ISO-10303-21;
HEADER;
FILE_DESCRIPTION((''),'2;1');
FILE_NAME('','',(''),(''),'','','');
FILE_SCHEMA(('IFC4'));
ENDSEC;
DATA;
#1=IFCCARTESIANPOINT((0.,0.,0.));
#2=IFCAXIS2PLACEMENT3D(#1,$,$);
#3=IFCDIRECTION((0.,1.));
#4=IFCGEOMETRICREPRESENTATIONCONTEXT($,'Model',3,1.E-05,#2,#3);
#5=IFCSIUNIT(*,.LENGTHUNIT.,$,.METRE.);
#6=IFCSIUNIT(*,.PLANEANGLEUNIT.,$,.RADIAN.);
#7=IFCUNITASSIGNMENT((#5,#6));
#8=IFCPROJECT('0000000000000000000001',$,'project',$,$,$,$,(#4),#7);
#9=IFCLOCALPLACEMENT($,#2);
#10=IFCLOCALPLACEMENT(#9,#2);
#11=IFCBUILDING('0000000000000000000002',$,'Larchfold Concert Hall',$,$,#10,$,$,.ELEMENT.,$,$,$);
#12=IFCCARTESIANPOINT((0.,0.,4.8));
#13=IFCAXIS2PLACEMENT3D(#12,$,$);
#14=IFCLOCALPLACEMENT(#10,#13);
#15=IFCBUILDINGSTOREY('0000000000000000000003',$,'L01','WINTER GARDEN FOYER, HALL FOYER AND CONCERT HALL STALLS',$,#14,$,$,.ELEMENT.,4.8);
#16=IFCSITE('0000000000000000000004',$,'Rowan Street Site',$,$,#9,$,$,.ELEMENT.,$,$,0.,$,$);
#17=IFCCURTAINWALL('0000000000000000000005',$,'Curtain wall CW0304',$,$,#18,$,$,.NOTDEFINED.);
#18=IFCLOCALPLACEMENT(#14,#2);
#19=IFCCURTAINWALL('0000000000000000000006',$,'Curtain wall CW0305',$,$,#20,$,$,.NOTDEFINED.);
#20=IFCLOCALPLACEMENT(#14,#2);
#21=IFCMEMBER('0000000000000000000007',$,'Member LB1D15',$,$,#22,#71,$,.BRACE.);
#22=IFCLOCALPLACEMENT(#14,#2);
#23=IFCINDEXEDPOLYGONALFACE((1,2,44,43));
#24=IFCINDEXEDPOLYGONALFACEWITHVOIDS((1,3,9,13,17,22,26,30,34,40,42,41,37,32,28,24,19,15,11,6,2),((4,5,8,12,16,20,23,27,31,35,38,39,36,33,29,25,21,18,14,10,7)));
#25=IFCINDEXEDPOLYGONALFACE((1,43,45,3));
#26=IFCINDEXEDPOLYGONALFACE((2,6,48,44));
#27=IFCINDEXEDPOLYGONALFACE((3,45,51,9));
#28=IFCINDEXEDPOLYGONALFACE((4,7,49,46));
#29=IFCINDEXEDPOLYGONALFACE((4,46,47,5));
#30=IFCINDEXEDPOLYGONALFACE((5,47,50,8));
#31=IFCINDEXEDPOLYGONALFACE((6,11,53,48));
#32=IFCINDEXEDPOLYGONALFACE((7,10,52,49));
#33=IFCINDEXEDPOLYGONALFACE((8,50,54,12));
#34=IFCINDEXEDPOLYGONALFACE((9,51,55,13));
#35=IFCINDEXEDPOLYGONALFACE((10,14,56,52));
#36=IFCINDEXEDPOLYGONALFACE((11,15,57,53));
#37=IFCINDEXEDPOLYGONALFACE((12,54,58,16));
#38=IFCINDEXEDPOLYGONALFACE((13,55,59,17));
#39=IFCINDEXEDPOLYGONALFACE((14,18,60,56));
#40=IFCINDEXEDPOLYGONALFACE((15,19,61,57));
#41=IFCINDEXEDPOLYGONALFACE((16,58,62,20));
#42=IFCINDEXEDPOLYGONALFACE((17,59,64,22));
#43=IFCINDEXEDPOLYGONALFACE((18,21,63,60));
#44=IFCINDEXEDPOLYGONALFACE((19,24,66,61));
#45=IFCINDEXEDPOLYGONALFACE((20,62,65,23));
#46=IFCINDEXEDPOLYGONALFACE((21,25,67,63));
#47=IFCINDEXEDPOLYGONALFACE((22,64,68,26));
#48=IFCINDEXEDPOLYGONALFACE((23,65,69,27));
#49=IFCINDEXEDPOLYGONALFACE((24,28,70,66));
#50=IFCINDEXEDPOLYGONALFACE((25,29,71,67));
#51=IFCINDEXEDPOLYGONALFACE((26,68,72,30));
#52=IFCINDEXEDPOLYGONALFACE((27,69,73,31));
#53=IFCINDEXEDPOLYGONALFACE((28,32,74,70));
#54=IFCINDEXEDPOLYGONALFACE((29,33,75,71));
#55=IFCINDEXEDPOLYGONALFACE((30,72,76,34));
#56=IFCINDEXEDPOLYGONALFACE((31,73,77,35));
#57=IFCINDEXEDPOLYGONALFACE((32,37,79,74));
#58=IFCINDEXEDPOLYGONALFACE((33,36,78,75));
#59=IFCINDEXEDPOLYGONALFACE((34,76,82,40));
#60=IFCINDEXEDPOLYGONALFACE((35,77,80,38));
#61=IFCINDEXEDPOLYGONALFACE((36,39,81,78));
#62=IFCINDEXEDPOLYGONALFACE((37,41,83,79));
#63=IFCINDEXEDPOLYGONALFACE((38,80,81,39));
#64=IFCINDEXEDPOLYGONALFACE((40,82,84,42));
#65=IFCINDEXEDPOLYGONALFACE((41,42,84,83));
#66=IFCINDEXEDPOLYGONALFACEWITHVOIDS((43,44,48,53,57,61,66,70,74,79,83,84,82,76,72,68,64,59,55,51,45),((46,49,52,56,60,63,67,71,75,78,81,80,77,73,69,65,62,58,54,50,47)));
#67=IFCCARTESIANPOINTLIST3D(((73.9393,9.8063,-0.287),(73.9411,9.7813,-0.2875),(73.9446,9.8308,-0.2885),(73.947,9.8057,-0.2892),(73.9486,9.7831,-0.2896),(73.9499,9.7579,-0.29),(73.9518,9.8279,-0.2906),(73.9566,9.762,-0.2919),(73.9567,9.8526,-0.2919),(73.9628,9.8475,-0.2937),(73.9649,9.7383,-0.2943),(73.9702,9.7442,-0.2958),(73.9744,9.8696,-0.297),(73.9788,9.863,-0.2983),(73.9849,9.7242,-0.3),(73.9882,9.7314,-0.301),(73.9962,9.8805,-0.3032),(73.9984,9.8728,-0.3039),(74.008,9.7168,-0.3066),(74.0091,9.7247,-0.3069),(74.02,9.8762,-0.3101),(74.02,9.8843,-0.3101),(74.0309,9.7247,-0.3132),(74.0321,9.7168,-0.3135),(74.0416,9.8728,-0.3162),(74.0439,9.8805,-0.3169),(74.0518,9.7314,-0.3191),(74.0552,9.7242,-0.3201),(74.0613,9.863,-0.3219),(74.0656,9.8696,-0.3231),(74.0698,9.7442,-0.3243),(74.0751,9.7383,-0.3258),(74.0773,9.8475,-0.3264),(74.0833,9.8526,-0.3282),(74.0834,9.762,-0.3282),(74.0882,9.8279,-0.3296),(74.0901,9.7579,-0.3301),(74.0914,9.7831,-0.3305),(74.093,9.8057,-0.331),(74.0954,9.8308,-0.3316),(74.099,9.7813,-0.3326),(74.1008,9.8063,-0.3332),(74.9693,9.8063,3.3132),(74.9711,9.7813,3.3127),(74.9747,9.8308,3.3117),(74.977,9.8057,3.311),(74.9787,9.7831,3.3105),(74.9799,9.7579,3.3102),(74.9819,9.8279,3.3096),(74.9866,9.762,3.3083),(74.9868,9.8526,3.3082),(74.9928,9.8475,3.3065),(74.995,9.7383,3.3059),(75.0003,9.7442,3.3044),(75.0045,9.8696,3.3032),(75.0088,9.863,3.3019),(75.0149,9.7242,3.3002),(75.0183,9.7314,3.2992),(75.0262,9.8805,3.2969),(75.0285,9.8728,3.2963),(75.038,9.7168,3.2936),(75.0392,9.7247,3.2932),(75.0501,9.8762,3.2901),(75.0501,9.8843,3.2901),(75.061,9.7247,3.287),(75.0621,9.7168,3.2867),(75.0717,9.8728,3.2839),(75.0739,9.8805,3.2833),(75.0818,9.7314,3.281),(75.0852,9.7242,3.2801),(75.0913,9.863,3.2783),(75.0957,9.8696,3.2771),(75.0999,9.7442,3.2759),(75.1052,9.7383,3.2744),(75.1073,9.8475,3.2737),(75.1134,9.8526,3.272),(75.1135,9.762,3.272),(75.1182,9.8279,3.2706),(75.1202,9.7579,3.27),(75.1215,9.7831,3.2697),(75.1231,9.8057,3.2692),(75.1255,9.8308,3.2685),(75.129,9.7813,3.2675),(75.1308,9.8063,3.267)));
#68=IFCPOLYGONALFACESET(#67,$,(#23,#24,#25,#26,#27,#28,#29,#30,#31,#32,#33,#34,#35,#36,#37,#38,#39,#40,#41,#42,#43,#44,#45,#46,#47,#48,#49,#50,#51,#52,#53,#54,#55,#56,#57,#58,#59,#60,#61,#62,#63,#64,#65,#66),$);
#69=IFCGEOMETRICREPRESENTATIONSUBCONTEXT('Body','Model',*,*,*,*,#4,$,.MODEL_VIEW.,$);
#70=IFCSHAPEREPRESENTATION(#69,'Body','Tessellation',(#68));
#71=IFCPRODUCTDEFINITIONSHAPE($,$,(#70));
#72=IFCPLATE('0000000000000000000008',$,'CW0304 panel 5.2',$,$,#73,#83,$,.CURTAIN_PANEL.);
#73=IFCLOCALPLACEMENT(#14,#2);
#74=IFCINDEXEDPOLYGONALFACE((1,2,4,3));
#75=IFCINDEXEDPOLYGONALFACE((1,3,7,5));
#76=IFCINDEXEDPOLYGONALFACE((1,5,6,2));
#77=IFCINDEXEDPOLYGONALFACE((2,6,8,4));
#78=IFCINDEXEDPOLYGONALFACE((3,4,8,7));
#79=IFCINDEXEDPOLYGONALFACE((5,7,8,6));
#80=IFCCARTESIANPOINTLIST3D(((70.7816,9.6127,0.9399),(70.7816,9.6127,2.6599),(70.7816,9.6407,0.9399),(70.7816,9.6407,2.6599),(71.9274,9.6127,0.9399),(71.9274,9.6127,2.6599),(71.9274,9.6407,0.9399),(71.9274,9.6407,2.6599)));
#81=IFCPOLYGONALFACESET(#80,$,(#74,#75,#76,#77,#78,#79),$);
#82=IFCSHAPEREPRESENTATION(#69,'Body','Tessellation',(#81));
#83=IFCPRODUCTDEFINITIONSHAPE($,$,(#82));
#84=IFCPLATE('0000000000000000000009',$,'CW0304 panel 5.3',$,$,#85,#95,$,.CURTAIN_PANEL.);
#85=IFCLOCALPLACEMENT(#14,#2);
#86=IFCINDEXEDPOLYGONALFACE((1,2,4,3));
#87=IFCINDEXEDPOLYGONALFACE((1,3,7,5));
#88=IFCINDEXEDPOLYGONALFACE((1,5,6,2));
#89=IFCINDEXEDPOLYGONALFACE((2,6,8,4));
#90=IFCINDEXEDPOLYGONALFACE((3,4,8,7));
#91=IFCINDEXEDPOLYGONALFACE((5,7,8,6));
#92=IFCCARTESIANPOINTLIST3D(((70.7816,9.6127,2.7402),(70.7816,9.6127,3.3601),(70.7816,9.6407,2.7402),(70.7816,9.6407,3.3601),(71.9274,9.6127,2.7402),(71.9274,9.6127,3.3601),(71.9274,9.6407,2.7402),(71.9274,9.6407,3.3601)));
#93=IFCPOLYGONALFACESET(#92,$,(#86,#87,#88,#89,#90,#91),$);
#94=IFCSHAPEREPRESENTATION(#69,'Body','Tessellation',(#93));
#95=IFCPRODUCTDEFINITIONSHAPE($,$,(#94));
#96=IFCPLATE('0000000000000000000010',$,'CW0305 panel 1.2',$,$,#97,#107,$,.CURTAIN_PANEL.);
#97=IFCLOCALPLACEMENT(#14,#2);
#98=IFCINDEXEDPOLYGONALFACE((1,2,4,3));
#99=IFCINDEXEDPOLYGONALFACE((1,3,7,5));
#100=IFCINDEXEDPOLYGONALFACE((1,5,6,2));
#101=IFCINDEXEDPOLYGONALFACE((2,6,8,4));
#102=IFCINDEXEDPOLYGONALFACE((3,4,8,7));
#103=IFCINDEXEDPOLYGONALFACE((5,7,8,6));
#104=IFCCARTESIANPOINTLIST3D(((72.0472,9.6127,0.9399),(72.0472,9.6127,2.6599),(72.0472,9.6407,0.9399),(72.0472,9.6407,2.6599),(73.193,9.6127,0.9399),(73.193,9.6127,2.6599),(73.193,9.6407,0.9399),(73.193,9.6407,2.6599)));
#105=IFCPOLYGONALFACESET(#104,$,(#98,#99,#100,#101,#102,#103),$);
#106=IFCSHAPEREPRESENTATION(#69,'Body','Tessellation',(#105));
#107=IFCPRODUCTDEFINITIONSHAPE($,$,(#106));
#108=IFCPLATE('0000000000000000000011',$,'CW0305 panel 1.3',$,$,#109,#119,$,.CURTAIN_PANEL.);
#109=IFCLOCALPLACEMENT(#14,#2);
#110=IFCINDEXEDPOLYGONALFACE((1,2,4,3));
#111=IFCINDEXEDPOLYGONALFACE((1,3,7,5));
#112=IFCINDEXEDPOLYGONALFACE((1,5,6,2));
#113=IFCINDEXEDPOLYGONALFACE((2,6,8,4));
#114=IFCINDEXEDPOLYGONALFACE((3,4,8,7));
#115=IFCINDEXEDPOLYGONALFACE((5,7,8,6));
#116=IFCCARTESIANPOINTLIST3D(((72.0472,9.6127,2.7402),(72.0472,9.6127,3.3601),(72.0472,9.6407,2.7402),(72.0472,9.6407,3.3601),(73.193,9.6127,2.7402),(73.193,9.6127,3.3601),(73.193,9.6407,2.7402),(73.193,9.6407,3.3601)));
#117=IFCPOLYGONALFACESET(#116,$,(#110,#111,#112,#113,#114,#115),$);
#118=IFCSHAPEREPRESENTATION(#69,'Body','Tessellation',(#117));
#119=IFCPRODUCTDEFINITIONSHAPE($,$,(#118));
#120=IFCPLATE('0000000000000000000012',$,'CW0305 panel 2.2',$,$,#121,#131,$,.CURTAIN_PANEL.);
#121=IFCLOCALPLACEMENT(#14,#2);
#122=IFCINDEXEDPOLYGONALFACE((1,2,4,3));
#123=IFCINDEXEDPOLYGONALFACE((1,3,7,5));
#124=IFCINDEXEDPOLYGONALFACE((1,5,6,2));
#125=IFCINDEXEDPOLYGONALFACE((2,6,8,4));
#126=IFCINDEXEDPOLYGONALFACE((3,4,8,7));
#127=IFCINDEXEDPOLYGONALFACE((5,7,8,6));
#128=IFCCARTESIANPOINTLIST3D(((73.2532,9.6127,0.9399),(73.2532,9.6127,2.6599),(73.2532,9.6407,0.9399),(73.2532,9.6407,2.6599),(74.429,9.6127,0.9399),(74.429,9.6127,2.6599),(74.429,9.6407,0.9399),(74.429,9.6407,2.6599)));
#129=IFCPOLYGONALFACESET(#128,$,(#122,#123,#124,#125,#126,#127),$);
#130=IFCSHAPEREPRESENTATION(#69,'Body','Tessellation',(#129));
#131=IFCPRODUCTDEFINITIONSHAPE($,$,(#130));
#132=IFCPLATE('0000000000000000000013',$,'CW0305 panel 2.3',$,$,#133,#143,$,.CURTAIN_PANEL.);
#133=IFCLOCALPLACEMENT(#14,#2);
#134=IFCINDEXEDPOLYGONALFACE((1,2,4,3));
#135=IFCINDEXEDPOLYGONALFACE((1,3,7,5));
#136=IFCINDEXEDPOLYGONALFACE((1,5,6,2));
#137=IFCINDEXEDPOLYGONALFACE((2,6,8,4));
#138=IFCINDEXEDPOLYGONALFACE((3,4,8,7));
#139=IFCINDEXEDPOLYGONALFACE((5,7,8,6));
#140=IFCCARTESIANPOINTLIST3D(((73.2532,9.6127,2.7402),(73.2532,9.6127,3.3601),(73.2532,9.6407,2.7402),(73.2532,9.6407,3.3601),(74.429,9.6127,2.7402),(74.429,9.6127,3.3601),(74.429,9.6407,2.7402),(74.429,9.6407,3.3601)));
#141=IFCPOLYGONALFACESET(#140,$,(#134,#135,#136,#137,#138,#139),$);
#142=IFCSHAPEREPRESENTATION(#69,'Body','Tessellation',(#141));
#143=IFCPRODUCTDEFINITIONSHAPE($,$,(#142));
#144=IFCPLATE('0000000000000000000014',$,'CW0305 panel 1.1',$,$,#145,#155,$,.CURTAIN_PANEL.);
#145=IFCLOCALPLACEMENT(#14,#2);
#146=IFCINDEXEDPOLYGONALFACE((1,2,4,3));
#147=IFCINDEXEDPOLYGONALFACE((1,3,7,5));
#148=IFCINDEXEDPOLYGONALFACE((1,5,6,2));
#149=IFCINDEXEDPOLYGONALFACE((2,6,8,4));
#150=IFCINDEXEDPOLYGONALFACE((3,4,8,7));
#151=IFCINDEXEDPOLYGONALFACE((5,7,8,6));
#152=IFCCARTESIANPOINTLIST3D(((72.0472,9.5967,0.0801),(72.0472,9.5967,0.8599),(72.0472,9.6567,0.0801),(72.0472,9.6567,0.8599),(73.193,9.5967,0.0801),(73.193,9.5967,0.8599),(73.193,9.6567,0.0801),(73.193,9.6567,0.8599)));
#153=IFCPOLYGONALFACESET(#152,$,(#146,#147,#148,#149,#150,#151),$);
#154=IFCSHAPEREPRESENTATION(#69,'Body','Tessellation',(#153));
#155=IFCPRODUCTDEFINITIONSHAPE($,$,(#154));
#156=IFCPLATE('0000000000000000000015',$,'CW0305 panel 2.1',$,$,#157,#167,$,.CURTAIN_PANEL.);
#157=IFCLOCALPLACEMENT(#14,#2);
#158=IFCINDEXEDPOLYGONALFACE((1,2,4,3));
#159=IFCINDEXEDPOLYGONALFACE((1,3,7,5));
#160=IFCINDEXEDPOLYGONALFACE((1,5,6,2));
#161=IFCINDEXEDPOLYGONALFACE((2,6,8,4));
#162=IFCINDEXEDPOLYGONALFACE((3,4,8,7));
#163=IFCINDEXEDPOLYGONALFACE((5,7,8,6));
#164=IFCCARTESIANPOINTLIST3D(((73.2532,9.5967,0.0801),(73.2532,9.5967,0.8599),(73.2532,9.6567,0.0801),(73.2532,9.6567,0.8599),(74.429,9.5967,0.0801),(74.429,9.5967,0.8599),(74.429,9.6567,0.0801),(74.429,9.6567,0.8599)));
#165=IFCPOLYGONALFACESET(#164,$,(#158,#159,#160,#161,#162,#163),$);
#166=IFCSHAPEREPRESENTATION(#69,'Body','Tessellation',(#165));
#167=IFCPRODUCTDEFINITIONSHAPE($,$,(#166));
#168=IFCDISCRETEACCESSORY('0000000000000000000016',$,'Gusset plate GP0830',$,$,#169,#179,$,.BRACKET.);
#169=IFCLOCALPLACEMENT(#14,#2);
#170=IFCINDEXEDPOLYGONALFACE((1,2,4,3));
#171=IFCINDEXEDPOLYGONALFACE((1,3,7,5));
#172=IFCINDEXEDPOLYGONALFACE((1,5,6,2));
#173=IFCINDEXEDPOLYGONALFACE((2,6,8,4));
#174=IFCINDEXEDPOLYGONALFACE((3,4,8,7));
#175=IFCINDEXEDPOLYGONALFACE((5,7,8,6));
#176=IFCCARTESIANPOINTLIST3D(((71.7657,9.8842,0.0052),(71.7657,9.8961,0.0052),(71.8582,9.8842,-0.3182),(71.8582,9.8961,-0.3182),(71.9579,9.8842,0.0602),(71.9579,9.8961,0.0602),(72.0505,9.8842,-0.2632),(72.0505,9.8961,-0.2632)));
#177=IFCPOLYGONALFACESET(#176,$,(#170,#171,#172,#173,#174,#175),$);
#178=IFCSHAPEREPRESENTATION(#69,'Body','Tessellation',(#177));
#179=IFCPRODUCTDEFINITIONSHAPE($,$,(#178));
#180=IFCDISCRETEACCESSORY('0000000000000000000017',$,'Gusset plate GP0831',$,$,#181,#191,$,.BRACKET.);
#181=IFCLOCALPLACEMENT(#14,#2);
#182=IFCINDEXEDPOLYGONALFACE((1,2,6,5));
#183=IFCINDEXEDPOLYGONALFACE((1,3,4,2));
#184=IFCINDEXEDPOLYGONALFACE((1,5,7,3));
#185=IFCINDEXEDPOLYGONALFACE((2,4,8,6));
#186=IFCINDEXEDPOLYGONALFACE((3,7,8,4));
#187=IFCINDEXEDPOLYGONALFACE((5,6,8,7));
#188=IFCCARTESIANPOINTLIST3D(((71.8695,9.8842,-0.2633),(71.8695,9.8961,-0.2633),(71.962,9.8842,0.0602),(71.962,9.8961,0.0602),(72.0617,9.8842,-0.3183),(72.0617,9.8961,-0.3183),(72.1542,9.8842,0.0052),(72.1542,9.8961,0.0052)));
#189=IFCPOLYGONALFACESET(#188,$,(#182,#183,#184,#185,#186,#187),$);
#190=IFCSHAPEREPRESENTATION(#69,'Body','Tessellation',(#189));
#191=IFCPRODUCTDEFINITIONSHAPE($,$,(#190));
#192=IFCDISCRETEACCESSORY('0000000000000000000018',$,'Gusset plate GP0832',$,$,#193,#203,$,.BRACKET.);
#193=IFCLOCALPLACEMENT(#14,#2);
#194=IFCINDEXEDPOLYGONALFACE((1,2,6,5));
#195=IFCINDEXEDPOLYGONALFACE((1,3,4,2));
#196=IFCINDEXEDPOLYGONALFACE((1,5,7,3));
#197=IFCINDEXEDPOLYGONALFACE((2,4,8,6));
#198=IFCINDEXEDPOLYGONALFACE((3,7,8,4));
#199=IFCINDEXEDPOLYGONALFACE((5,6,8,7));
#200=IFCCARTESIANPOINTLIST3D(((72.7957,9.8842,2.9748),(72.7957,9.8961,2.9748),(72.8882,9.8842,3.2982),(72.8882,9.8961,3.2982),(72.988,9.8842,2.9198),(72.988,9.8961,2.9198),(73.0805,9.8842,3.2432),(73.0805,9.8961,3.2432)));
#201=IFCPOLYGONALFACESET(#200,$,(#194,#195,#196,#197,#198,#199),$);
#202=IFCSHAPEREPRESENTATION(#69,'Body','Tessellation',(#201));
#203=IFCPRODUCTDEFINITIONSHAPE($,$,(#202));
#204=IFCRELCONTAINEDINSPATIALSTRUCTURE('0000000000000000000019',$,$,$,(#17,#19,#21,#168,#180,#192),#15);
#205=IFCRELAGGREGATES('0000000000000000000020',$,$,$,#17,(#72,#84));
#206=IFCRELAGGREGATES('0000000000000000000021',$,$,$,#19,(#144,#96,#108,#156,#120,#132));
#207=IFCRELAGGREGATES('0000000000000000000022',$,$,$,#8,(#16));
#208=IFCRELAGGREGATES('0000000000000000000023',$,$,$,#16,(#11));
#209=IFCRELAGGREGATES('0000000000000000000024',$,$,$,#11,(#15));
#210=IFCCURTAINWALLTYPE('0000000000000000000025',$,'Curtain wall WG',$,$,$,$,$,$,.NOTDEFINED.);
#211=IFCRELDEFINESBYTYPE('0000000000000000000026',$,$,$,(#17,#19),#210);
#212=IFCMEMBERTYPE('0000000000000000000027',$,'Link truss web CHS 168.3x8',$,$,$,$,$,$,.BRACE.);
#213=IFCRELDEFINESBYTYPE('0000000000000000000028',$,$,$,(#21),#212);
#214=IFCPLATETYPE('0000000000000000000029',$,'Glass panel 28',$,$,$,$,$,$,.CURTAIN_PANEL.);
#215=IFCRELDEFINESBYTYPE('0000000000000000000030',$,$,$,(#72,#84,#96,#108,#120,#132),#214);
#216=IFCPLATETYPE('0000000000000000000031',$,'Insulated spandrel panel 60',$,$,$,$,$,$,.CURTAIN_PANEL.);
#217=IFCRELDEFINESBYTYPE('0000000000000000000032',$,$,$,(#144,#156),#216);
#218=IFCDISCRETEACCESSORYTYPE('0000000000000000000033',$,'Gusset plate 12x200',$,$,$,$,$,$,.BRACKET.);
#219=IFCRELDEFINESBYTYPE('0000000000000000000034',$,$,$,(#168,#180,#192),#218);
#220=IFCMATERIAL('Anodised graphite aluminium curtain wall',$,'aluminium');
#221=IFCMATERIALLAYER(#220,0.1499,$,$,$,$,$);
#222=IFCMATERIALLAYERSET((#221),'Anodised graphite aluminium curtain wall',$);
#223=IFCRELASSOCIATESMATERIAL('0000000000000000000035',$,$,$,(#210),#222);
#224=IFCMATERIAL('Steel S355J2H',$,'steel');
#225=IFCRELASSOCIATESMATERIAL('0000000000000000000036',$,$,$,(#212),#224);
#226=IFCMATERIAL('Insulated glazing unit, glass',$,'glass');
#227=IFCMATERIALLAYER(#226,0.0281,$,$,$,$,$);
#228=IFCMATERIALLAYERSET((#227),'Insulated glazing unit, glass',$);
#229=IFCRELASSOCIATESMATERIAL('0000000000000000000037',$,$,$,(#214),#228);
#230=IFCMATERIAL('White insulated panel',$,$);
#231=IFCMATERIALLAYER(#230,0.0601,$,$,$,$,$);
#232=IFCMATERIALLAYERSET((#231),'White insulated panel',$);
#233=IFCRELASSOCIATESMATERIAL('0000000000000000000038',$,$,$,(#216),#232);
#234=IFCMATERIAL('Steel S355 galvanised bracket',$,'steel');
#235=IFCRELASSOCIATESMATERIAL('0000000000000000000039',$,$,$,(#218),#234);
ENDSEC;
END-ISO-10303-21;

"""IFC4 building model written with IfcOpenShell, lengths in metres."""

from ifc_helpers import new_model, si_unit, direction, frame, origin, origin_2d, place, context, subcontext, project, spatial, rectangle, hollow_circle, extrude, material, layer, layer_set, material_profile, profile_set, type_object, element, aggregate, save


model = new_model("IFC4")

# Units and contexts
model_context = context("Model", 3, precision=1e-05, world=origin(), true_north=direction((0.0, 1.0)))
body_context = subcontext(model_context, "Body", "Model", "MODEL_VIEW")
ifc_project = project(units=[si_unit("LENGTHUNIT", "METRE"), si_unit("PLANEANGLEUNIT", "RADIAN")], contexts=[model_context])

# Site, building, storey
site_placement = place(None, origin())
site = spatial("IfcSite", under=ifc_project, at=site_placement, Name="Rowan Street Site", CompositionType="ELEMENT", RefElevation=0.0)
building_placement = place(site_placement, origin())
building = spatial("IfcBuilding", under=site, at=building_placement, Name="Larchfold Concert Hall", CompositionType="ELEMENT")
storey_placement = place(building_placement, frame((0.0, 0.0, 4.8)))
storey = spatial("IfcBuildingStorey", under=building, at=storey_placement, Name="L01", Description="WINTER GARDEN FOYER, HALL FOYER AND CONCERT HALL STALLS", CompositionType="ELEMENT", Elevation=4.8)

# Curtain wall
ifc_material_1 = material(Name="Anodised graphite aluminium curtain wall", Category="aluminium")
ifc_layer_1 = layer(ifc_material_1, 0.1499)
ifc_layer_set_1 = layer_set([ifc_layer_1], Name="Anodised graphite aluminium curtain wall")
curtain_wall_type = type_object("IfcCurtainWallType", Name="Curtain wall WG", PredefinedType="NOTDEFINED", material=ifc_layer_set_1)
curtain_wall_1_placement = place(storey_placement, origin())
curtain_wall_1 = element("IfcCurtainWall", 1, at=curtain_wall_1_placement, inside=storey, type_object=curtain_wall_type, Name="Curtain wall CW0304", PredefinedType="NOTDEFINED")

# Curtain wall
curtain_wall_2_placement = place(storey_placement, origin())
curtain_wall_2 = element("IfcCurtainWall", 2, at=curtain_wall_2_placement, inside=storey, type_object=curtain_wall_type, Name="Curtain wall CW0305", PredefinedType="NOTDEFINED")

# Member
ifc_material_2 = material(Name="Steel S355J2H", Category="steel")
ifc_material_profile_1 = material_profile(ifc_material_2, hollow_circle(Radius=0.0842, WallThickness=0.0081, at=origin_2d()))
ifc_profile_set_1 = profile_set([ifc_material_profile_1], Name="Steel S355J2H")
member_type_1 = type_object("IfcMemberType", Name="Link truss web CHS 168.3x8", PredefinedType="BRACE", material=ifc_profile_set_1)
for number, where, z_axis, x_axis, name in (
    (3, (74.02, 9.8, -0.3101), (0.275074, 0.0, 0.961423), (0.0, 1.0, 0.0), "Member LB1D15"),
):
    element("IfcMember", number, at=place(storey_placement, frame(where, z_axis=z_axis, x_axis=x_axis)), inside=storey, type_object=member_type_1, Name=name, PredefinedType="BRACE", context=body_context, shape_type="SweptSolid", body=[
        extrude(hollow_circle(Radius=0.0842, WallThickness=0.0081, at=origin_2d()), origin(), (0.0, 0.0, 1.0), 3.7446),
    ])

# Plates
ifc_material_3 = material(Name="Insulated glazing unit, glass", Category="glass")
ifc_layer_2 = layer(ifc_material_3, 0.0281)
ifc_layer_set_2 = layer_set([ifc_layer_2], Name="Insulated glazing unit, glass")
plate_type_1 = type_object("IfcPlateType", Name="Glass panel 28", PredefinedType="CURTAIN_PANEL", material=ifc_layer_set_2)
plate_1_placement = place(storey_placement, frame((71.3545, 9.6267, 0.9399), z_axis=(0.0, 0.0, 1.0), x_axis=(1.0, 0.0, 0.0)))
plate_1 = element("IfcPlate", 4, at=plate_1_placement, type_object=plate_type_1, Name="CW0304 panel 5.2", PredefinedType="CURTAIN_PANEL", context=body_context, shape_type="SweptSolid", body=[
    extrude(rectangle(XDim=1.1458, YDim=0.0281, at=origin_2d()), origin(), (0.0, 0.0, 1.0), 1.72),
])
plate_2_placement = place(storey_placement, frame((71.3545, 9.6267, 2.7402), z_axis=(0.0, 0.0, 1.0), x_axis=(1.0, 0.0, 0.0)))
plate_2 = element("IfcPlate", 5, at=plate_2_placement, type_object=plate_type_1, Name="CW0304 panel 5.3", PredefinedType="CURTAIN_PANEL", context=body_context, shape_type="SweptSolid", body=[
    extrude(rectangle(XDim=1.1458, YDim=0.0281, at=origin_2d()), origin(), (0.0, 0.0, 1.0), 0.6199),
])
aggregate(curtain_wall_1, [plate_1, plate_2])
plate_3_placement = place(storey_placement, frame((72.6201, 9.6267, 0.9399), z_axis=(0.0, 0.0, 1.0), x_axis=(1.0, 0.0, 0.0)))
plate_3 = element("IfcPlate", 6, at=plate_3_placement, type_object=plate_type_1, Name="CW0305 panel 1.2", PredefinedType="CURTAIN_PANEL", context=body_context, shape_type="SweptSolid", body=[
    extrude(rectangle(XDim=1.1458, YDim=0.0281, at=origin_2d()), origin(), (0.0, 0.0, 1.0), 1.72),
])
plate_4_placement = place(storey_placement, frame((72.6201, 9.6267, 2.7402), z_axis=(0.0, 0.0, 1.0), x_axis=(1.0, 0.0, 0.0)))
plate_4 = element("IfcPlate", 7, at=plate_4_placement, type_object=plate_type_1, Name="CW0305 panel 1.3", PredefinedType="CURTAIN_PANEL", context=body_context, shape_type="SweptSolid", body=[
    extrude(rectangle(XDim=1.1458, YDim=0.0281, at=origin_2d()), origin(), (0.0, 0.0, 1.0), 0.6199),
])
plate_5_placement = place(storey_placement, frame((73.8411, 9.6267, 0.9399), z_axis=(0.0, 0.0, 1.0), x_axis=(1.0, 0.0, 0.0)))
plate_5 = element("IfcPlate", 8, at=plate_5_placement, type_object=plate_type_1, Name="CW0305 panel 2.2", PredefinedType="CURTAIN_PANEL", context=body_context, shape_type="SweptSolid", body=[
    extrude(rectangle(XDim=1.1758, YDim=0.0281, at=origin_2d()), origin(), (0.0, 0.0, 1.0), 1.72),
])
plate_6_placement = place(storey_placement, frame((73.8411, 9.6267, 2.7402), z_axis=(0.0, 0.0, 1.0), x_axis=(1.0, 0.0, 0.0)))
plate_6 = element("IfcPlate", 9, at=plate_6_placement, type_object=plate_type_1, Name="CW0305 panel 2.3", PredefinedType="CURTAIN_PANEL", context=body_context, shape_type="SweptSolid", body=[
    extrude(rectangle(XDim=1.1758, YDim=0.0281, at=origin_2d()), origin(), (0.0, 0.0, 1.0), 0.6199),
])
ifc_material_4 = material(Name="White insulated panel")
ifc_layer_3 = layer(ifc_material_4, 0.0601)
ifc_layer_set_3 = layer_set([ifc_layer_3], Name="White insulated panel")
plate_type_2 = type_object("IfcPlateType", Name="Insulated spandrel panel 60", PredefinedType="CURTAIN_PANEL", material=ifc_layer_set_3)
plate_7_placement = place(storey_placement, frame((72.6201, 9.6267, 0.0801), z_axis=(0.0, 0.0, 1.0), x_axis=(1.0, 0.0, 0.0)))
plate_7 = element("IfcPlate", 10, at=plate_7_placement, type_object=plate_type_2, Name="CW0305 panel 1.1", PredefinedType="CURTAIN_PANEL", context=body_context, shape_type="SweptSolid", body=[
    extrude(rectangle(XDim=1.1458, YDim=0.0601, at=origin_2d()), origin(), (0.0, 0.0, 1.0), 0.7798),
])
plate_8_placement = place(storey_placement, frame((73.8411, 9.6267, 0.0801), z_axis=(0.0, 0.0, 1.0), x_axis=(1.0, 0.0, 0.0)))
plate_8 = element("IfcPlate", 11, at=plate_8_placement, type_object=plate_type_2, Name="CW0305 panel 2.1", PredefinedType="CURTAIN_PANEL", context=body_context, shape_type="SweptSolid", body=[
    extrude(rectangle(XDim=1.1758, YDim=0.0601, at=origin_2d()), origin(), (0.0, 0.0, 1.0), 0.7798),
])
aggregate(curtain_wall_2, [plate_7, plate_3, plate_4, plate_8, plate_5, plate_6])

# Discrete accessories
ifc_material_5 = material(Name="Steel S355 galvanised bracket", Category="steel")
ifc_material_profile_2 = material_profile(ifc_material_5, rectangle(XDim=0.012, YDim=0.2, at=origin_2d()))
ifc_profile_set_2 = profile_set([ifc_material_profile_2], Name="Steel S355 galvanised bracket")
discrete_accessory_type = type_object("IfcDiscreteAccessoryType", Name="Gusset plate 12x200", PredefinedType="BRACKET", material=ifc_profile_set_2)
for number, where, z_axis, x_axis, name in (
    (12, (71.8618, 9.8901, 0.0327), (0.275009, 0.0, -0.961442), (0.0, 1.0, 0.0), "Gusset plate GP0830"),
    (13, (71.9656, 9.8901, -0.2908), (0.275009, 0.0, 0.961442), (0.0, 1.0, 0.0), "Gusset plate GP0831"),
    (14, (72.8918, 9.8901, 2.9473), (0.275009, 0.0, 0.961442), (0.0, 1.0, 0.0), "Gusset plate GP0832"),
):
    element("IfcDiscreteAccessory", number, at=place(storey_placement, frame(where, z_axis=z_axis, x_axis=x_axis)), inside=storey, type_object=discrete_accessory_type, Name=name, PredefinedType="BRACKET", context=body_context, shape_type="SweptSolid", body=[
        extrude(rectangle(XDim=0.012, YDim=0.2, at=origin_2d()), origin(), (0.0, 0.0, 1.0), 0.3364),
    ])

save(model, "model.ifc")
